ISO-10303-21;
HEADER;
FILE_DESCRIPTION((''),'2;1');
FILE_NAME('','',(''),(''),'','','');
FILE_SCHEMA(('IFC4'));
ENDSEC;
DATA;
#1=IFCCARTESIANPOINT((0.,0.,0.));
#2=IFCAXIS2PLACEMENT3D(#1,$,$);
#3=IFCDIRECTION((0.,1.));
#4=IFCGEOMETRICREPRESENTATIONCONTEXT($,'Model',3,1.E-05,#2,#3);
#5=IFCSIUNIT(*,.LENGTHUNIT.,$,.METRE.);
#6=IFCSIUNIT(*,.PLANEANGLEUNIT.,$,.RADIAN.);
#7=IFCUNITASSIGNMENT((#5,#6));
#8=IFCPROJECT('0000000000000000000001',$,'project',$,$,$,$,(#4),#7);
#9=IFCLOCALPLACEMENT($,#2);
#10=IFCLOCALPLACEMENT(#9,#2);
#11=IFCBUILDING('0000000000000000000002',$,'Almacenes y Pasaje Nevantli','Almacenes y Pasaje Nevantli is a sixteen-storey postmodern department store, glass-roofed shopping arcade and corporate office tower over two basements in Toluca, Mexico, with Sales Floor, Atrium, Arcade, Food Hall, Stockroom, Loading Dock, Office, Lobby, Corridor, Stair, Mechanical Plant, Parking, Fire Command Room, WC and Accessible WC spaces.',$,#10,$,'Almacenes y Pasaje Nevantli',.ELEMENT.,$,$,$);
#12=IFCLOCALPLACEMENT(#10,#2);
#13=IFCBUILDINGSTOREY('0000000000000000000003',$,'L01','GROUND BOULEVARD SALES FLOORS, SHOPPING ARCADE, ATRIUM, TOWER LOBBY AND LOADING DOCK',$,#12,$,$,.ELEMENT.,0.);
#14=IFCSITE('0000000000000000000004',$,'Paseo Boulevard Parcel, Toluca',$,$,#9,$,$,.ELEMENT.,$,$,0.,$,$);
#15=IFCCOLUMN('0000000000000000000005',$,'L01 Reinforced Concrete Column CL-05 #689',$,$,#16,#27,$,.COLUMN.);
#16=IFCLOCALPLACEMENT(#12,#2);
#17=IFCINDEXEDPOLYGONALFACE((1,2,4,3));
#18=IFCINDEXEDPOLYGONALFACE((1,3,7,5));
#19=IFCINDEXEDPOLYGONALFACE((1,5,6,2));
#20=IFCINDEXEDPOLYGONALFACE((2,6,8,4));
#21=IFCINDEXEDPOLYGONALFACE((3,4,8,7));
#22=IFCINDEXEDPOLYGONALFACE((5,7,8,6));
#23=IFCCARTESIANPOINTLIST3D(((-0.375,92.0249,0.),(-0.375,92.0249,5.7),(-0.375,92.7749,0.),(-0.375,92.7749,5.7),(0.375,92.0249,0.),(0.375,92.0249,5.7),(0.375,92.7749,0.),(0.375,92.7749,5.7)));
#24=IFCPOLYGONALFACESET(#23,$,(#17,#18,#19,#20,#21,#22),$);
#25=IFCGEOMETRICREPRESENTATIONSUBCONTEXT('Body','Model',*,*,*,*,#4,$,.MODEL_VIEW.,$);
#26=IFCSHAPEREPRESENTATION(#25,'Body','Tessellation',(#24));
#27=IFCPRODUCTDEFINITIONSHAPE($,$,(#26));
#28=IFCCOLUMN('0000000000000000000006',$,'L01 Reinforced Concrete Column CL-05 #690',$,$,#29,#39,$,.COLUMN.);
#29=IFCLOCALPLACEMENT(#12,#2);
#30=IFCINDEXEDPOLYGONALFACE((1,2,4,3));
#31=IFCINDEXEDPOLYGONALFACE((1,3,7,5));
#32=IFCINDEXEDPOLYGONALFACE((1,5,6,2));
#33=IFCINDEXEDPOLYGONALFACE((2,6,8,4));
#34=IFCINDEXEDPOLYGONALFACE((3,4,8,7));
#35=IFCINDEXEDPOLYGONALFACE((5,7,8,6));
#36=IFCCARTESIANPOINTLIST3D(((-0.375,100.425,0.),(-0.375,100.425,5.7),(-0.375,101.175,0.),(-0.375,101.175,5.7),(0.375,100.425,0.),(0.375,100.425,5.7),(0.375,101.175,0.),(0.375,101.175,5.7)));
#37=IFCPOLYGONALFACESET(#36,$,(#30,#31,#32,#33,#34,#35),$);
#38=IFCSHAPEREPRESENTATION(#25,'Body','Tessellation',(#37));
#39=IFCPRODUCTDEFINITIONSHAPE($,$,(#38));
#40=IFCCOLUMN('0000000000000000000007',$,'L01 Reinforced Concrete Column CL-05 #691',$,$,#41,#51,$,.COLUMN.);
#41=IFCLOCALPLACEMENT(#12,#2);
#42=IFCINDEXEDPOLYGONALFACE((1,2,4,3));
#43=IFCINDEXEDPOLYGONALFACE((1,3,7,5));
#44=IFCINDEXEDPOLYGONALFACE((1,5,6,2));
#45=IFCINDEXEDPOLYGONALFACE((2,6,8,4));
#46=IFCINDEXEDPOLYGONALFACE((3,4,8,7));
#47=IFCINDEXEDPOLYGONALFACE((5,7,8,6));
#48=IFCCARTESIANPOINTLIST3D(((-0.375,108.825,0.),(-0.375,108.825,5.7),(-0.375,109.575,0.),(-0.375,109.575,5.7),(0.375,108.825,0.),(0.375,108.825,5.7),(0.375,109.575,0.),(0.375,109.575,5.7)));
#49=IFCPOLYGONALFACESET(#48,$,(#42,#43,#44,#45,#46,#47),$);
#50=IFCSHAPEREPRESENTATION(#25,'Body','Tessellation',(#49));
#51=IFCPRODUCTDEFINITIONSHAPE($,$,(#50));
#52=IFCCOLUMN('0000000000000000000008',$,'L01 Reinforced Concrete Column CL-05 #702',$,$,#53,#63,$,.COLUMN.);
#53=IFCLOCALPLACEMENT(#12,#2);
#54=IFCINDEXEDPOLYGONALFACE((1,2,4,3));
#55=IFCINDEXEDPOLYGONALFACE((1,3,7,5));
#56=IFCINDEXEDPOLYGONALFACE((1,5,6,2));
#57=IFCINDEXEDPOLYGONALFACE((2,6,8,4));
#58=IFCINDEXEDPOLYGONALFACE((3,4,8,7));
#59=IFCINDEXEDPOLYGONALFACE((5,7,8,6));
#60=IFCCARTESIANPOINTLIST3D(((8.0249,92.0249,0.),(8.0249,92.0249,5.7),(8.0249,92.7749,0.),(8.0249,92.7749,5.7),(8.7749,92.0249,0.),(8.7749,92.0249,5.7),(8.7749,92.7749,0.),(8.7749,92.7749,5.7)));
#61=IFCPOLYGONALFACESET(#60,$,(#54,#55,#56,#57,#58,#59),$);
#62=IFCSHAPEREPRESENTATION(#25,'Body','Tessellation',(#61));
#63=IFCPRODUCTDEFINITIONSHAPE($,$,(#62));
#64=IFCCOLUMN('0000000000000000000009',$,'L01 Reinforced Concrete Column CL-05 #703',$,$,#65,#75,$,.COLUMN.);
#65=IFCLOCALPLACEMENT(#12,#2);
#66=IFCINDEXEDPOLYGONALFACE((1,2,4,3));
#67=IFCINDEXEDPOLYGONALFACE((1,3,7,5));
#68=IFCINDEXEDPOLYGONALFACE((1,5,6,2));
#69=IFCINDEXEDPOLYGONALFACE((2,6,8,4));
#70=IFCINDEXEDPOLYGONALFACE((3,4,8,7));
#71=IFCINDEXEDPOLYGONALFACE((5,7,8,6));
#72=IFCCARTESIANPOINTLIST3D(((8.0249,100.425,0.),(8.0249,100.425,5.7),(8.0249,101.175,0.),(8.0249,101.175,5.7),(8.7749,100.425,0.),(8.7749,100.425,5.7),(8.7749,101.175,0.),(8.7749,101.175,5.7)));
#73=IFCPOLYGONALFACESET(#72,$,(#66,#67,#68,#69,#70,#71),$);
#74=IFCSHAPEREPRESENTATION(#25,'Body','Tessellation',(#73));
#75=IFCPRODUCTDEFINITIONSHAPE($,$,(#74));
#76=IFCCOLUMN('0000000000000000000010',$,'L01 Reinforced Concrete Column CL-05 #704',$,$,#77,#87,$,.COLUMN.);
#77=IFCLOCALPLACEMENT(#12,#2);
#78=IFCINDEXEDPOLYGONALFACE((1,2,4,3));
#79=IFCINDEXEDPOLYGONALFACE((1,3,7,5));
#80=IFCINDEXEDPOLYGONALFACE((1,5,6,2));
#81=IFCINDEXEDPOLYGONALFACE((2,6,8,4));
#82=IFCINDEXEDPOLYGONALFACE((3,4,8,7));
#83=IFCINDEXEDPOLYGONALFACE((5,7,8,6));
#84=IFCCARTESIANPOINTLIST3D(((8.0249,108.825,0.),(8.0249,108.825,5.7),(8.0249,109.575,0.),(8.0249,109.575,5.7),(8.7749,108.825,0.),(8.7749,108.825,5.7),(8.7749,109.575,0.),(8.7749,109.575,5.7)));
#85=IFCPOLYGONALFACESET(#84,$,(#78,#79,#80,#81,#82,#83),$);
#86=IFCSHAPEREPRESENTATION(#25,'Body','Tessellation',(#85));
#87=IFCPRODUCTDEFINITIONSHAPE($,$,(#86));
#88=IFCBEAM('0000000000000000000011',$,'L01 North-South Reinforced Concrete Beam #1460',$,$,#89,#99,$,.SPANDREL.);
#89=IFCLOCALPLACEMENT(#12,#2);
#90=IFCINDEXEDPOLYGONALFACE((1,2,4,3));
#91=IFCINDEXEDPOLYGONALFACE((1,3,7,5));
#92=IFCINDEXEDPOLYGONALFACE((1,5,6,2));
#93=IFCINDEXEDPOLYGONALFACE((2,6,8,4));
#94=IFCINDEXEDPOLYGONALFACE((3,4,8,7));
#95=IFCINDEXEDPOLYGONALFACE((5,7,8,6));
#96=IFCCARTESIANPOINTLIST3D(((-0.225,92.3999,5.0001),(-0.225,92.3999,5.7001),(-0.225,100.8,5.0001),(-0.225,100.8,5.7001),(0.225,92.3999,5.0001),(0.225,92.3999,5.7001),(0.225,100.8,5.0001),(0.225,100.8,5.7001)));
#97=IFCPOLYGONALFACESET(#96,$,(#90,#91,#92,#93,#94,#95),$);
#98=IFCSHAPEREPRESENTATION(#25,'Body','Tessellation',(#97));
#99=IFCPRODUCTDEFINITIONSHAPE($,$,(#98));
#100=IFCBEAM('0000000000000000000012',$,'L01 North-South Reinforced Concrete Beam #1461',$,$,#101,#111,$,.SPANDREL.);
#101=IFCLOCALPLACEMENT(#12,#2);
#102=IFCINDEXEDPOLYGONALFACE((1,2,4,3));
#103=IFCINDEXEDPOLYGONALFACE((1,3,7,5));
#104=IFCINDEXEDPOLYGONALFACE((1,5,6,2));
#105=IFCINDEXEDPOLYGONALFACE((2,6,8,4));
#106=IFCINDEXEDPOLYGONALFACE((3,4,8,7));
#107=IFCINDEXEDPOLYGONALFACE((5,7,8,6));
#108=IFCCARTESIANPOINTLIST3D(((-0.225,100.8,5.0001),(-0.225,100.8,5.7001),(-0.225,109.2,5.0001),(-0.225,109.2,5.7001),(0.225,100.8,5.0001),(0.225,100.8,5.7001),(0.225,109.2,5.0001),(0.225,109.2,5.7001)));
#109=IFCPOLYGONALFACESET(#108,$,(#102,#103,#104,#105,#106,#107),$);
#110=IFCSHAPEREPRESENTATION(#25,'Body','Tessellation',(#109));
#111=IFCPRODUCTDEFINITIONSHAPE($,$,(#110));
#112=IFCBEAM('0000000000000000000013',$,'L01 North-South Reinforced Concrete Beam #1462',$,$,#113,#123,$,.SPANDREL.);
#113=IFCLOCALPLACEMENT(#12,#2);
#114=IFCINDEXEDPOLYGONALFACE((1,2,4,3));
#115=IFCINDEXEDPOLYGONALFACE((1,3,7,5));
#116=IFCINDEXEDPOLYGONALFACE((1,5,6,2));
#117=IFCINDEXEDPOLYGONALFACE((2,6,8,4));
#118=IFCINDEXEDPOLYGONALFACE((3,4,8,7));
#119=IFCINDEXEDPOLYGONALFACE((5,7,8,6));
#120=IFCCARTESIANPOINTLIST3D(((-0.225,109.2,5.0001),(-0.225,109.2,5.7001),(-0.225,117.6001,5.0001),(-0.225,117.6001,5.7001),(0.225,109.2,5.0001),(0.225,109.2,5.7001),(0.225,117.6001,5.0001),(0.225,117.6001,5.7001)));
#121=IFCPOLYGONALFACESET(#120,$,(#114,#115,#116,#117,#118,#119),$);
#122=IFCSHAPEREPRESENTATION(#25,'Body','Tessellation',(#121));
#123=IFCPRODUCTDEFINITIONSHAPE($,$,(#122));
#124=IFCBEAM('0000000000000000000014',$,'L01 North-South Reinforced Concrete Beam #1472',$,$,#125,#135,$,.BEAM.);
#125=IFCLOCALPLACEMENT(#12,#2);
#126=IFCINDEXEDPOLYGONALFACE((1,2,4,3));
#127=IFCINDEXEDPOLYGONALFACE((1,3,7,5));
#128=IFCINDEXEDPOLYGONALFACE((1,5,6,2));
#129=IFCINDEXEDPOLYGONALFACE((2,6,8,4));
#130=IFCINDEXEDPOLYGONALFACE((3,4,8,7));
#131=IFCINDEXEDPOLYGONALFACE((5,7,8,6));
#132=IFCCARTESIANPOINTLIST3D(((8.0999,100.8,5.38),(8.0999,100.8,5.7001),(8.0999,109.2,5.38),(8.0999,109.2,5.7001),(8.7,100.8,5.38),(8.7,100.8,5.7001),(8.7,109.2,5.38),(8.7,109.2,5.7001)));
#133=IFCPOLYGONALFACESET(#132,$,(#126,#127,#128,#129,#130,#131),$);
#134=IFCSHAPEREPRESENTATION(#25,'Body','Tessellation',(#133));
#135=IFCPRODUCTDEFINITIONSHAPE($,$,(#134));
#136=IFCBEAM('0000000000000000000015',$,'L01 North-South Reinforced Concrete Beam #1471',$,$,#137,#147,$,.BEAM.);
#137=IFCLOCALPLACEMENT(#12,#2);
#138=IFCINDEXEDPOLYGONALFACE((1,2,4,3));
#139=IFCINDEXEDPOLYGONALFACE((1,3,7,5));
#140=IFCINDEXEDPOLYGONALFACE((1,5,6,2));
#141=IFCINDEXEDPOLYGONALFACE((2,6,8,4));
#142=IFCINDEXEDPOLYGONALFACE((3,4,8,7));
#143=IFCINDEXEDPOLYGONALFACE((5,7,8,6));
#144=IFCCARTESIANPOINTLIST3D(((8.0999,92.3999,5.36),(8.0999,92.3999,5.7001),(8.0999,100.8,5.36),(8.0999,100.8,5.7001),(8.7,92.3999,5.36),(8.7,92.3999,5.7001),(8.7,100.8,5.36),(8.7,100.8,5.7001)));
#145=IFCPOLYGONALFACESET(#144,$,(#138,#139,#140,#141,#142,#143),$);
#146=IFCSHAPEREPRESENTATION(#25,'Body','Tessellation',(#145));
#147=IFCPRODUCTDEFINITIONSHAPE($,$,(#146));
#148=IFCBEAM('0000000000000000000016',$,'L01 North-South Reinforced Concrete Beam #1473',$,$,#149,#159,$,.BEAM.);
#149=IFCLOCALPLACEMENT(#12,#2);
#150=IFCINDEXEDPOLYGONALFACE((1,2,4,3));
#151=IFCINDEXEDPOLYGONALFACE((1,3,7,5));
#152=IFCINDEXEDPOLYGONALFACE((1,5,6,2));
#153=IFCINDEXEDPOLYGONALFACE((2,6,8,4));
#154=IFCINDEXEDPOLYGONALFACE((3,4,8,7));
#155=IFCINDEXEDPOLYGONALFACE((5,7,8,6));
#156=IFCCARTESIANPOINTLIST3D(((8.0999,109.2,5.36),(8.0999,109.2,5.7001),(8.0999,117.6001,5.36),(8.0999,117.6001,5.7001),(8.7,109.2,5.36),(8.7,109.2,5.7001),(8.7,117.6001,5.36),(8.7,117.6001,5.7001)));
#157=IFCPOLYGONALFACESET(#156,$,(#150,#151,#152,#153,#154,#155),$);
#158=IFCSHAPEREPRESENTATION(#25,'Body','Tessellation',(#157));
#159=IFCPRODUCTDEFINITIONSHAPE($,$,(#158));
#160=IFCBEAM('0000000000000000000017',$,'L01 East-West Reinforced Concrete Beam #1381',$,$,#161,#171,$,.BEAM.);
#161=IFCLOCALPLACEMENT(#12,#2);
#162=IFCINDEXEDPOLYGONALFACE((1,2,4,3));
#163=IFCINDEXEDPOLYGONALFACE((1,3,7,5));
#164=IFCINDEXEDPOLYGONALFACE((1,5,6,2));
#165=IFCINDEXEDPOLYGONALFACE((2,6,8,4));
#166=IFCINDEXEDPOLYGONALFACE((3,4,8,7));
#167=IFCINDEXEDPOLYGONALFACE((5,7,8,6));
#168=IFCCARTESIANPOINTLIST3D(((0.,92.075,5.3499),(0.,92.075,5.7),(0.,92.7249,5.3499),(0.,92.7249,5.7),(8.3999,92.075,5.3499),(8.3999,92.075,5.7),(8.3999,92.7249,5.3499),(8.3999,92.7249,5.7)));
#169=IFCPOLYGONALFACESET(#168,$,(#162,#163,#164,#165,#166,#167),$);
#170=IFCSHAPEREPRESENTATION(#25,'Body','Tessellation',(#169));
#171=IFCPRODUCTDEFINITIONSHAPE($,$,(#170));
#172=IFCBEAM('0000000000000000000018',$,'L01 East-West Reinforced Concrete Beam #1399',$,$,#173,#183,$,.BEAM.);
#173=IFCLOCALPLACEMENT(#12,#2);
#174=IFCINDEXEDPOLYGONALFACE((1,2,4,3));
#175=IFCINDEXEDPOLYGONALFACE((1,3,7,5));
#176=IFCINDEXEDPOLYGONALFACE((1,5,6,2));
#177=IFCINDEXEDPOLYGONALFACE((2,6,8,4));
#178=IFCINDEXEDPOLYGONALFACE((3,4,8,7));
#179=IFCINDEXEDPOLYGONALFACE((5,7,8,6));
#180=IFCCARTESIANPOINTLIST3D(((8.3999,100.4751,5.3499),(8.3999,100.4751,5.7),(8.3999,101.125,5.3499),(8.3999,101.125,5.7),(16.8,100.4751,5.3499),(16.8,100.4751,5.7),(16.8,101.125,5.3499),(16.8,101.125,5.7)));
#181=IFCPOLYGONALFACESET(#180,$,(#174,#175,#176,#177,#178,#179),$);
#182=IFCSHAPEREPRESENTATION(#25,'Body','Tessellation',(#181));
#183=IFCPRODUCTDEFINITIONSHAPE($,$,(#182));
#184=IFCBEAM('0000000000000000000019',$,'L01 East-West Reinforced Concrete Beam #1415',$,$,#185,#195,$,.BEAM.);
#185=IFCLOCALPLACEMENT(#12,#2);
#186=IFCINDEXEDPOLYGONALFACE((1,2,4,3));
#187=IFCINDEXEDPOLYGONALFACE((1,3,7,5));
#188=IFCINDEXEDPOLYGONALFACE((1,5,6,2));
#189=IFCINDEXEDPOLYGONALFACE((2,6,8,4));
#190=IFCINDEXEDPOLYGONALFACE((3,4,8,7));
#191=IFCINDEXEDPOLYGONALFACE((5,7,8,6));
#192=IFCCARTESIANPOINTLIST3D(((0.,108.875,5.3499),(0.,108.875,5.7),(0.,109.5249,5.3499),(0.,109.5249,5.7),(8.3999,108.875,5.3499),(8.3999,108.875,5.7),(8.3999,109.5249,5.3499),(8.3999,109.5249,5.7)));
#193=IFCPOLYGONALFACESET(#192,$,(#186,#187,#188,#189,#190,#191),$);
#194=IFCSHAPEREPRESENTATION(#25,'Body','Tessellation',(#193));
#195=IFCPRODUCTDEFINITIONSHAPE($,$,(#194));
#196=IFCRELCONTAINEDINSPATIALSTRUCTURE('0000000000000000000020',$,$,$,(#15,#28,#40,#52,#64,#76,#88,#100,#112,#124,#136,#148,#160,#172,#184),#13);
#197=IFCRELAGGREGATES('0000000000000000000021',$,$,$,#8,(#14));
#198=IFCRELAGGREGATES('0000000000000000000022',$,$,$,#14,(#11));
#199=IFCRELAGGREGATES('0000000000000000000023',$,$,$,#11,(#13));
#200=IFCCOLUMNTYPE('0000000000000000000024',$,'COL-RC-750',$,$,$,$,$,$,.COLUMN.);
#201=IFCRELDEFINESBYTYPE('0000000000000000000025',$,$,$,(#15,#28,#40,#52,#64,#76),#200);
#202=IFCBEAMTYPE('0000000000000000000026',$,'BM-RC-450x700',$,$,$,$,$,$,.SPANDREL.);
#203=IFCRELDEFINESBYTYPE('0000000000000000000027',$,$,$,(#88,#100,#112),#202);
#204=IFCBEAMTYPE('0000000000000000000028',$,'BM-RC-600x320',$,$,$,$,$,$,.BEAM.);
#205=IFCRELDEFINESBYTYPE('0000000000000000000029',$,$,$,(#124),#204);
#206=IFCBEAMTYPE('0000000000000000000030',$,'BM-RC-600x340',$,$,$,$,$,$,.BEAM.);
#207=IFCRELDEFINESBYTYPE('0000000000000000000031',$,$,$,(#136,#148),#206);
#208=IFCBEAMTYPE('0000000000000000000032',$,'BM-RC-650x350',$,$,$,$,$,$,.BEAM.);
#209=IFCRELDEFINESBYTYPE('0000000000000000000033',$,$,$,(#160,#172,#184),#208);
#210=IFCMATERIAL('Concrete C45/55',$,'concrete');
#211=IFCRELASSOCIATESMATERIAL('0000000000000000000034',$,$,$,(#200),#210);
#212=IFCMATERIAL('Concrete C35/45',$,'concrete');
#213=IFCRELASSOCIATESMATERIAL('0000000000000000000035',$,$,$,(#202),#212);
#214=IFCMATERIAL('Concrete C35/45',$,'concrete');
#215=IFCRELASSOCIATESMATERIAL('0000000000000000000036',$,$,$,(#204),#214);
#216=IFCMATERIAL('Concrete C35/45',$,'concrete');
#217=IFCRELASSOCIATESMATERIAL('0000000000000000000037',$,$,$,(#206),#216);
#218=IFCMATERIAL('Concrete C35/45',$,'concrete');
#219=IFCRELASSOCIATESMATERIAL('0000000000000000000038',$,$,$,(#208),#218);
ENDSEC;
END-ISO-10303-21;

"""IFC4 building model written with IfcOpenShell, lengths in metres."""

from ifc_helpers import new_model, si_unit, direction, frame, origin, origin_2d, place, context, subcontext, project, spatial, rectangle, extrude, material, material_profile, profile_set, type_object, element, save


model = new_model("IFC4")

# Units and contexts
model_context = context("Model", 3, precision=1e-05, world=origin(), true_north=direction((0.0, 1.0)))
body_context = subcontext(model_context, "Body", "Model", "MODEL_VIEW")
ifc_project = project(units=[si_unit("LENGTHUNIT", "METRE"), si_unit("PLANEANGLEUNIT", "RADIAN")], contexts=[model_context])

# Site, building, storey
site_placement = place(None, origin())
site = spatial("IfcSite", under=ifc_project, at=site_placement, Name="Paseo Boulevard Parcel, Toluca", CompositionType="ELEMENT", RefElevation=0.0)
building_placement = place(site_placement, origin())
building = spatial("IfcBuilding", under=site, at=building_placement, Name="Almacenes y Pasaje Nevantli", Description="Almacenes y Pasaje Nevantli is a sixteen-storey postmodern department store, glass-roofed shopping arcade and corporate office tower over two basements in Toluca, Mexico, with Sales Floor, Atrium, Arcade, Food Hall, Stockroom, Loading Dock, Office, Lobby, Corridor, Stair, Mechanical Plant, Parking, Fire Command Room, WC and Accessible WC spaces.", LongName="Almacenes y Pasaje Nevantli", CompositionType="ELEMENT")
storey_placement = place(building_placement, origin())
storey = spatial("IfcBuildingStorey", under=building, at=storey_placement, Name="L01", Description="GROUND BOULEVARD SALES FLOORS, SHOPPING ARCADE, ATRIUM, TOWER LOBBY AND LOADING DOCK", CompositionType="ELEMENT", Elevation=0.0)

# Columns
ifc_material_1 = material(Name="Concrete C45/55", Category="concrete")
ifc_material_profile_1 = material_profile(ifc_material_1, rectangle(XDim=0.75, YDim=0.75, at=origin_2d()), Name="RC-COL-750x750")
ifc_profile_set_1 = profile_set([ifc_material_profile_1], Name="Concrete C45/55")
column_type = type_object("IfcColumnType", Name="COL-RC-750", PredefinedType="COLUMN", material=ifc_profile_set_1)
for number, where, z_axis, x_axis, name in (
    (1, (0.0, 92.3999, 0.0), (0.0, 0.0, 1.0), (1.0, 0.0, 0.0), "L01 Reinforced Concrete Column CL-05 #689"),
    (2, (0.0, 100.8, 0.0), (0.0, 0.0, 1.0), (1.0, 0.0, 0.0), "L01 Reinforced Concrete Column CL-05 #690"),
    (3, (0.0, 109.2, 0.0), (0.0, 0.0, 1.0), (1.0, 0.0, 0.0), "L01 Reinforced Concrete Column CL-05 #691"),
    (4, (8.3999, 92.3999, 0.0), (0.0, 0.0, 1.0), (1.0, 0.0, 0.0), "L01 Reinforced Concrete Column CL-05 #702"),
    (5, (8.3999, 100.8, 0.0), (0.0, 0.0, 1.0), (1.0, 0.0, 0.0), "L01 Reinforced Concrete Column CL-05 #703"),
    (6, (8.3999, 109.2, 0.0), (0.0, 0.0, 1.0), (1.0, 0.0, 0.0), "L01 Reinforced Concrete Column CL-05 #704"),
):
    element("IfcColumn", number, at=place(storey_placement, frame(where, z_axis=z_axis, x_axis=x_axis)), inside=storey, type_object=column_type, Name=name, PredefinedType="COLUMN", context=body_context, shape_type="SweptSolid", body=[
        extrude(rectangle(XDim=0.75, YDim=0.75, at=origin_2d()), origin(), (0.0, 0.0, 1.0), 5.7),
    ])

# Beams
ifc_material_2 = material(Name="Concrete C35/45", Category="concrete")
ifc_material_profile_2 = material_profile(ifc_material_2, rectangle(XDim=0.45, YDim=0.7, at=origin_2d()), Name="RC-BM-450x700")
ifc_profile_set_2 = profile_set([ifc_material_profile_2], Name="Concrete C35/45")
beam_type_1 = type_object("IfcBeamType", Name="BM-RC-450x700", PredefinedType="SPANDREL", material=ifc_profile_set_2)
beam_1_placement = place(storey_placement, frame((0.0, 92.3999, 5.3501), z_axis=(0.0, 1.0, 0.0), x_axis=(-1.0, 0.0, 0.0)))
element("IfcBeam", 7, at=beam_1_placement, inside=storey, type_object=beam_type_1, Name="L01 North-South Reinforced Concrete Beam #1460", PredefinedType="SPANDREL", context=body_context, shape_type="SweptSolid", body=[
    extrude(rectangle(XDim=0.45, YDim=0.7, at=origin_2d()), origin(), (0.0, 0.0, 1.0), 8.4001),
])
beam_2_placement = place(storey_placement, frame((0.0, 100.8, 5.3501), z_axis=(0.0, 1.0, 0.0), x_axis=(-1.0, 0.0, 0.0)))
element("IfcBeam", 8, at=beam_2_placement, inside=storey, type_object=beam_type_1, Name="L01 North-South Reinforced Concrete Beam #1461", PredefinedType="SPANDREL", context=body_context, shape_type="SweptSolid", body=[
    extrude(rectangle(XDim=0.45, YDim=0.7, at=origin_2d()), origin(), (0.0, 0.0, 1.0), 8.3999),
])
beam_3_placement = place(storey_placement, frame((0.0, 109.2, 5.3501), z_axis=(0.0, 1.0, 0.0), x_axis=(-1.0, 0.0, 0.0)))
element("IfcBeam", 9, at=beam_3_placement, inside=storey, type_object=beam_type_1, Name="L01 North-South Reinforced Concrete Beam #1462", PredefinedType="SPANDREL", context=body_context, shape_type="SweptSolid", body=[
    extrude(rectangle(XDim=0.45, YDim=0.7, at=origin_2d()), origin(), (0.0, 0.0, 1.0), 8.4001),
])
ifc_material_3 = material(Name="Concrete C35/45", Category="concrete")
ifc_material_profile_3 = material_profile(ifc_material_3, rectangle(XDim=0.6001, YDim=0.3201, at=origin_2d()), Name="RC-BM-600x320")
ifc_profile_set_3 = profile_set([ifc_material_profile_3], Name="Concrete C35/45")
beam_type_2 = type_object("IfcBeamType", Name="BM-RC-600x320", PredefinedType="BEAM", material=ifc_profile_set_3)
beam_4_placement = place(storey_placement, frame((8.3999, 100.8, 5.54), z_axis=(0.0, 1.0, 0.0), x_axis=(-1.0, 0.0, 0.0)))
element("IfcBeam", 10, at=beam_4_placement, inside=storey, type_object=beam_type_2, Name="L01 North-South Reinforced Concrete Beam #1472", PredefinedType="BEAM", context=body_context, shape_type="SweptSolid", body=[
    extrude(rectangle(XDim=0.6001, YDim=0.3201, at=origin_2d()), origin(), (0.0, 0.0, 1.0), 8.3999),
])
ifc_material_4 = material(Name="Concrete C35/45", Category="concrete")
ifc_material_profile_4 = material_profile(ifc_material_4, rectangle(XDim=0.6001, YDim=0.3401, at=origin_2d()), Name="RC-BM-600x340")
ifc_profile_set_4 = profile_set([ifc_material_profile_4], Name="Concrete C35/45")
beam_type_3 = type_object("IfcBeamType", Name="BM-RC-600x340", PredefinedType="BEAM", material=ifc_profile_set_4)
for number, where, z_axis, x_axis, name in (
    (11, (8.3999, 92.3999, 5.53), (0.0, 1.0, 0.0), (-1.0, 0.0, 0.0), "L01 North-South Reinforced Concrete Beam #1471"),
    (12, (8.3999, 109.2, 5.53), (0.0, 1.0, 0.0), (-1.0, 0.0, 0.0), "L01 North-South Reinforced Concrete Beam #1473"),
):
    element("IfcBeam", number, at=place(storey_placement, frame(where, z_axis=z_axis, x_axis=x_axis)), inside=storey, type_object=beam_type_3, Name=name, PredefinedType="BEAM", context=body_context, shape_type="SweptSolid", body=[
        extrude(rectangle(XDim=0.6001, YDim=0.3401, at=origin_2d()), origin(), (0.0, 0.0, 1.0), 8.4001),
    ])
ifc_material_5 = material(Name="Concrete C35/45", Category="concrete")
ifc_material_profile_5 = material_profile(ifc_material_5, rectangle(XDim=0.6499, YDim=0.3501, at=origin_2d()), Name="RC-BM-650x350")
ifc_profile_set_5 = profile_set([ifc_material_profile_5], Name="Concrete C35/45")
beam_type_4 = type_object("IfcBeamType", Name="BM-RC-650x350", PredefinedType="BEAM", material=ifc_profile_set_5)
beam_5_placement = place(storey_placement, frame((0.0, 92.3999, 5.5249), z_axis=(1.0, 0.0, 0.0), x_axis=(0.0, 1.0, 0.0)))
element("IfcBeam", 13, at=beam_5_placement, inside=storey, type_object=beam_type_4, Name="L01 East-West Reinforced Concrete Beam #1381", PredefinedType="BEAM", context=body_context, shape_type="SweptSolid", body=[
    extrude(rectangle(XDim=0.6499, YDim=0.3501, at=origin_2d()), origin(), (0.0, 0.0, 1.0), 8.3999),
])
beam_6_placement = place(storey_placement, frame((8.3999, 100.8, 5.5249), z_axis=(1.0, 0.0, 0.0), x_axis=(0.0, 1.0, 0.0)))
element("IfcBeam", 14, at=beam_6_placement, inside=storey, type_object=beam_type_4, Name="L01 East-West Reinforced Concrete Beam #1399", PredefinedType="BEAM", context=body_context, shape_type="SweptSolid", body=[
    extrude(rectangle(XDim=0.6499, YDim=0.3501, at=origin_2d()), origin(), (0.0, 0.0, 1.0), 8.4001),
])
beam_7_placement = place(storey_placement, frame((0.0, 109.2, 5.5249), z_axis=(1.0, 0.0, 0.0), x_axis=(0.0, 1.0, 0.0)))
element("IfcBeam", 15, at=beam_7_placement, inside=storey, type_object=beam_type_4, Name="L01 East-West Reinforced Concrete Beam #1415", PredefinedType="BEAM", context=body_context, shape_type="SweptSolid", body=[
    extrude(rectangle(XDim=0.6499, YDim=0.3501, at=origin_2d()), origin(), (0.0, 0.0, 1.0), 8.3999),
])

save(model, "model.ifc")
